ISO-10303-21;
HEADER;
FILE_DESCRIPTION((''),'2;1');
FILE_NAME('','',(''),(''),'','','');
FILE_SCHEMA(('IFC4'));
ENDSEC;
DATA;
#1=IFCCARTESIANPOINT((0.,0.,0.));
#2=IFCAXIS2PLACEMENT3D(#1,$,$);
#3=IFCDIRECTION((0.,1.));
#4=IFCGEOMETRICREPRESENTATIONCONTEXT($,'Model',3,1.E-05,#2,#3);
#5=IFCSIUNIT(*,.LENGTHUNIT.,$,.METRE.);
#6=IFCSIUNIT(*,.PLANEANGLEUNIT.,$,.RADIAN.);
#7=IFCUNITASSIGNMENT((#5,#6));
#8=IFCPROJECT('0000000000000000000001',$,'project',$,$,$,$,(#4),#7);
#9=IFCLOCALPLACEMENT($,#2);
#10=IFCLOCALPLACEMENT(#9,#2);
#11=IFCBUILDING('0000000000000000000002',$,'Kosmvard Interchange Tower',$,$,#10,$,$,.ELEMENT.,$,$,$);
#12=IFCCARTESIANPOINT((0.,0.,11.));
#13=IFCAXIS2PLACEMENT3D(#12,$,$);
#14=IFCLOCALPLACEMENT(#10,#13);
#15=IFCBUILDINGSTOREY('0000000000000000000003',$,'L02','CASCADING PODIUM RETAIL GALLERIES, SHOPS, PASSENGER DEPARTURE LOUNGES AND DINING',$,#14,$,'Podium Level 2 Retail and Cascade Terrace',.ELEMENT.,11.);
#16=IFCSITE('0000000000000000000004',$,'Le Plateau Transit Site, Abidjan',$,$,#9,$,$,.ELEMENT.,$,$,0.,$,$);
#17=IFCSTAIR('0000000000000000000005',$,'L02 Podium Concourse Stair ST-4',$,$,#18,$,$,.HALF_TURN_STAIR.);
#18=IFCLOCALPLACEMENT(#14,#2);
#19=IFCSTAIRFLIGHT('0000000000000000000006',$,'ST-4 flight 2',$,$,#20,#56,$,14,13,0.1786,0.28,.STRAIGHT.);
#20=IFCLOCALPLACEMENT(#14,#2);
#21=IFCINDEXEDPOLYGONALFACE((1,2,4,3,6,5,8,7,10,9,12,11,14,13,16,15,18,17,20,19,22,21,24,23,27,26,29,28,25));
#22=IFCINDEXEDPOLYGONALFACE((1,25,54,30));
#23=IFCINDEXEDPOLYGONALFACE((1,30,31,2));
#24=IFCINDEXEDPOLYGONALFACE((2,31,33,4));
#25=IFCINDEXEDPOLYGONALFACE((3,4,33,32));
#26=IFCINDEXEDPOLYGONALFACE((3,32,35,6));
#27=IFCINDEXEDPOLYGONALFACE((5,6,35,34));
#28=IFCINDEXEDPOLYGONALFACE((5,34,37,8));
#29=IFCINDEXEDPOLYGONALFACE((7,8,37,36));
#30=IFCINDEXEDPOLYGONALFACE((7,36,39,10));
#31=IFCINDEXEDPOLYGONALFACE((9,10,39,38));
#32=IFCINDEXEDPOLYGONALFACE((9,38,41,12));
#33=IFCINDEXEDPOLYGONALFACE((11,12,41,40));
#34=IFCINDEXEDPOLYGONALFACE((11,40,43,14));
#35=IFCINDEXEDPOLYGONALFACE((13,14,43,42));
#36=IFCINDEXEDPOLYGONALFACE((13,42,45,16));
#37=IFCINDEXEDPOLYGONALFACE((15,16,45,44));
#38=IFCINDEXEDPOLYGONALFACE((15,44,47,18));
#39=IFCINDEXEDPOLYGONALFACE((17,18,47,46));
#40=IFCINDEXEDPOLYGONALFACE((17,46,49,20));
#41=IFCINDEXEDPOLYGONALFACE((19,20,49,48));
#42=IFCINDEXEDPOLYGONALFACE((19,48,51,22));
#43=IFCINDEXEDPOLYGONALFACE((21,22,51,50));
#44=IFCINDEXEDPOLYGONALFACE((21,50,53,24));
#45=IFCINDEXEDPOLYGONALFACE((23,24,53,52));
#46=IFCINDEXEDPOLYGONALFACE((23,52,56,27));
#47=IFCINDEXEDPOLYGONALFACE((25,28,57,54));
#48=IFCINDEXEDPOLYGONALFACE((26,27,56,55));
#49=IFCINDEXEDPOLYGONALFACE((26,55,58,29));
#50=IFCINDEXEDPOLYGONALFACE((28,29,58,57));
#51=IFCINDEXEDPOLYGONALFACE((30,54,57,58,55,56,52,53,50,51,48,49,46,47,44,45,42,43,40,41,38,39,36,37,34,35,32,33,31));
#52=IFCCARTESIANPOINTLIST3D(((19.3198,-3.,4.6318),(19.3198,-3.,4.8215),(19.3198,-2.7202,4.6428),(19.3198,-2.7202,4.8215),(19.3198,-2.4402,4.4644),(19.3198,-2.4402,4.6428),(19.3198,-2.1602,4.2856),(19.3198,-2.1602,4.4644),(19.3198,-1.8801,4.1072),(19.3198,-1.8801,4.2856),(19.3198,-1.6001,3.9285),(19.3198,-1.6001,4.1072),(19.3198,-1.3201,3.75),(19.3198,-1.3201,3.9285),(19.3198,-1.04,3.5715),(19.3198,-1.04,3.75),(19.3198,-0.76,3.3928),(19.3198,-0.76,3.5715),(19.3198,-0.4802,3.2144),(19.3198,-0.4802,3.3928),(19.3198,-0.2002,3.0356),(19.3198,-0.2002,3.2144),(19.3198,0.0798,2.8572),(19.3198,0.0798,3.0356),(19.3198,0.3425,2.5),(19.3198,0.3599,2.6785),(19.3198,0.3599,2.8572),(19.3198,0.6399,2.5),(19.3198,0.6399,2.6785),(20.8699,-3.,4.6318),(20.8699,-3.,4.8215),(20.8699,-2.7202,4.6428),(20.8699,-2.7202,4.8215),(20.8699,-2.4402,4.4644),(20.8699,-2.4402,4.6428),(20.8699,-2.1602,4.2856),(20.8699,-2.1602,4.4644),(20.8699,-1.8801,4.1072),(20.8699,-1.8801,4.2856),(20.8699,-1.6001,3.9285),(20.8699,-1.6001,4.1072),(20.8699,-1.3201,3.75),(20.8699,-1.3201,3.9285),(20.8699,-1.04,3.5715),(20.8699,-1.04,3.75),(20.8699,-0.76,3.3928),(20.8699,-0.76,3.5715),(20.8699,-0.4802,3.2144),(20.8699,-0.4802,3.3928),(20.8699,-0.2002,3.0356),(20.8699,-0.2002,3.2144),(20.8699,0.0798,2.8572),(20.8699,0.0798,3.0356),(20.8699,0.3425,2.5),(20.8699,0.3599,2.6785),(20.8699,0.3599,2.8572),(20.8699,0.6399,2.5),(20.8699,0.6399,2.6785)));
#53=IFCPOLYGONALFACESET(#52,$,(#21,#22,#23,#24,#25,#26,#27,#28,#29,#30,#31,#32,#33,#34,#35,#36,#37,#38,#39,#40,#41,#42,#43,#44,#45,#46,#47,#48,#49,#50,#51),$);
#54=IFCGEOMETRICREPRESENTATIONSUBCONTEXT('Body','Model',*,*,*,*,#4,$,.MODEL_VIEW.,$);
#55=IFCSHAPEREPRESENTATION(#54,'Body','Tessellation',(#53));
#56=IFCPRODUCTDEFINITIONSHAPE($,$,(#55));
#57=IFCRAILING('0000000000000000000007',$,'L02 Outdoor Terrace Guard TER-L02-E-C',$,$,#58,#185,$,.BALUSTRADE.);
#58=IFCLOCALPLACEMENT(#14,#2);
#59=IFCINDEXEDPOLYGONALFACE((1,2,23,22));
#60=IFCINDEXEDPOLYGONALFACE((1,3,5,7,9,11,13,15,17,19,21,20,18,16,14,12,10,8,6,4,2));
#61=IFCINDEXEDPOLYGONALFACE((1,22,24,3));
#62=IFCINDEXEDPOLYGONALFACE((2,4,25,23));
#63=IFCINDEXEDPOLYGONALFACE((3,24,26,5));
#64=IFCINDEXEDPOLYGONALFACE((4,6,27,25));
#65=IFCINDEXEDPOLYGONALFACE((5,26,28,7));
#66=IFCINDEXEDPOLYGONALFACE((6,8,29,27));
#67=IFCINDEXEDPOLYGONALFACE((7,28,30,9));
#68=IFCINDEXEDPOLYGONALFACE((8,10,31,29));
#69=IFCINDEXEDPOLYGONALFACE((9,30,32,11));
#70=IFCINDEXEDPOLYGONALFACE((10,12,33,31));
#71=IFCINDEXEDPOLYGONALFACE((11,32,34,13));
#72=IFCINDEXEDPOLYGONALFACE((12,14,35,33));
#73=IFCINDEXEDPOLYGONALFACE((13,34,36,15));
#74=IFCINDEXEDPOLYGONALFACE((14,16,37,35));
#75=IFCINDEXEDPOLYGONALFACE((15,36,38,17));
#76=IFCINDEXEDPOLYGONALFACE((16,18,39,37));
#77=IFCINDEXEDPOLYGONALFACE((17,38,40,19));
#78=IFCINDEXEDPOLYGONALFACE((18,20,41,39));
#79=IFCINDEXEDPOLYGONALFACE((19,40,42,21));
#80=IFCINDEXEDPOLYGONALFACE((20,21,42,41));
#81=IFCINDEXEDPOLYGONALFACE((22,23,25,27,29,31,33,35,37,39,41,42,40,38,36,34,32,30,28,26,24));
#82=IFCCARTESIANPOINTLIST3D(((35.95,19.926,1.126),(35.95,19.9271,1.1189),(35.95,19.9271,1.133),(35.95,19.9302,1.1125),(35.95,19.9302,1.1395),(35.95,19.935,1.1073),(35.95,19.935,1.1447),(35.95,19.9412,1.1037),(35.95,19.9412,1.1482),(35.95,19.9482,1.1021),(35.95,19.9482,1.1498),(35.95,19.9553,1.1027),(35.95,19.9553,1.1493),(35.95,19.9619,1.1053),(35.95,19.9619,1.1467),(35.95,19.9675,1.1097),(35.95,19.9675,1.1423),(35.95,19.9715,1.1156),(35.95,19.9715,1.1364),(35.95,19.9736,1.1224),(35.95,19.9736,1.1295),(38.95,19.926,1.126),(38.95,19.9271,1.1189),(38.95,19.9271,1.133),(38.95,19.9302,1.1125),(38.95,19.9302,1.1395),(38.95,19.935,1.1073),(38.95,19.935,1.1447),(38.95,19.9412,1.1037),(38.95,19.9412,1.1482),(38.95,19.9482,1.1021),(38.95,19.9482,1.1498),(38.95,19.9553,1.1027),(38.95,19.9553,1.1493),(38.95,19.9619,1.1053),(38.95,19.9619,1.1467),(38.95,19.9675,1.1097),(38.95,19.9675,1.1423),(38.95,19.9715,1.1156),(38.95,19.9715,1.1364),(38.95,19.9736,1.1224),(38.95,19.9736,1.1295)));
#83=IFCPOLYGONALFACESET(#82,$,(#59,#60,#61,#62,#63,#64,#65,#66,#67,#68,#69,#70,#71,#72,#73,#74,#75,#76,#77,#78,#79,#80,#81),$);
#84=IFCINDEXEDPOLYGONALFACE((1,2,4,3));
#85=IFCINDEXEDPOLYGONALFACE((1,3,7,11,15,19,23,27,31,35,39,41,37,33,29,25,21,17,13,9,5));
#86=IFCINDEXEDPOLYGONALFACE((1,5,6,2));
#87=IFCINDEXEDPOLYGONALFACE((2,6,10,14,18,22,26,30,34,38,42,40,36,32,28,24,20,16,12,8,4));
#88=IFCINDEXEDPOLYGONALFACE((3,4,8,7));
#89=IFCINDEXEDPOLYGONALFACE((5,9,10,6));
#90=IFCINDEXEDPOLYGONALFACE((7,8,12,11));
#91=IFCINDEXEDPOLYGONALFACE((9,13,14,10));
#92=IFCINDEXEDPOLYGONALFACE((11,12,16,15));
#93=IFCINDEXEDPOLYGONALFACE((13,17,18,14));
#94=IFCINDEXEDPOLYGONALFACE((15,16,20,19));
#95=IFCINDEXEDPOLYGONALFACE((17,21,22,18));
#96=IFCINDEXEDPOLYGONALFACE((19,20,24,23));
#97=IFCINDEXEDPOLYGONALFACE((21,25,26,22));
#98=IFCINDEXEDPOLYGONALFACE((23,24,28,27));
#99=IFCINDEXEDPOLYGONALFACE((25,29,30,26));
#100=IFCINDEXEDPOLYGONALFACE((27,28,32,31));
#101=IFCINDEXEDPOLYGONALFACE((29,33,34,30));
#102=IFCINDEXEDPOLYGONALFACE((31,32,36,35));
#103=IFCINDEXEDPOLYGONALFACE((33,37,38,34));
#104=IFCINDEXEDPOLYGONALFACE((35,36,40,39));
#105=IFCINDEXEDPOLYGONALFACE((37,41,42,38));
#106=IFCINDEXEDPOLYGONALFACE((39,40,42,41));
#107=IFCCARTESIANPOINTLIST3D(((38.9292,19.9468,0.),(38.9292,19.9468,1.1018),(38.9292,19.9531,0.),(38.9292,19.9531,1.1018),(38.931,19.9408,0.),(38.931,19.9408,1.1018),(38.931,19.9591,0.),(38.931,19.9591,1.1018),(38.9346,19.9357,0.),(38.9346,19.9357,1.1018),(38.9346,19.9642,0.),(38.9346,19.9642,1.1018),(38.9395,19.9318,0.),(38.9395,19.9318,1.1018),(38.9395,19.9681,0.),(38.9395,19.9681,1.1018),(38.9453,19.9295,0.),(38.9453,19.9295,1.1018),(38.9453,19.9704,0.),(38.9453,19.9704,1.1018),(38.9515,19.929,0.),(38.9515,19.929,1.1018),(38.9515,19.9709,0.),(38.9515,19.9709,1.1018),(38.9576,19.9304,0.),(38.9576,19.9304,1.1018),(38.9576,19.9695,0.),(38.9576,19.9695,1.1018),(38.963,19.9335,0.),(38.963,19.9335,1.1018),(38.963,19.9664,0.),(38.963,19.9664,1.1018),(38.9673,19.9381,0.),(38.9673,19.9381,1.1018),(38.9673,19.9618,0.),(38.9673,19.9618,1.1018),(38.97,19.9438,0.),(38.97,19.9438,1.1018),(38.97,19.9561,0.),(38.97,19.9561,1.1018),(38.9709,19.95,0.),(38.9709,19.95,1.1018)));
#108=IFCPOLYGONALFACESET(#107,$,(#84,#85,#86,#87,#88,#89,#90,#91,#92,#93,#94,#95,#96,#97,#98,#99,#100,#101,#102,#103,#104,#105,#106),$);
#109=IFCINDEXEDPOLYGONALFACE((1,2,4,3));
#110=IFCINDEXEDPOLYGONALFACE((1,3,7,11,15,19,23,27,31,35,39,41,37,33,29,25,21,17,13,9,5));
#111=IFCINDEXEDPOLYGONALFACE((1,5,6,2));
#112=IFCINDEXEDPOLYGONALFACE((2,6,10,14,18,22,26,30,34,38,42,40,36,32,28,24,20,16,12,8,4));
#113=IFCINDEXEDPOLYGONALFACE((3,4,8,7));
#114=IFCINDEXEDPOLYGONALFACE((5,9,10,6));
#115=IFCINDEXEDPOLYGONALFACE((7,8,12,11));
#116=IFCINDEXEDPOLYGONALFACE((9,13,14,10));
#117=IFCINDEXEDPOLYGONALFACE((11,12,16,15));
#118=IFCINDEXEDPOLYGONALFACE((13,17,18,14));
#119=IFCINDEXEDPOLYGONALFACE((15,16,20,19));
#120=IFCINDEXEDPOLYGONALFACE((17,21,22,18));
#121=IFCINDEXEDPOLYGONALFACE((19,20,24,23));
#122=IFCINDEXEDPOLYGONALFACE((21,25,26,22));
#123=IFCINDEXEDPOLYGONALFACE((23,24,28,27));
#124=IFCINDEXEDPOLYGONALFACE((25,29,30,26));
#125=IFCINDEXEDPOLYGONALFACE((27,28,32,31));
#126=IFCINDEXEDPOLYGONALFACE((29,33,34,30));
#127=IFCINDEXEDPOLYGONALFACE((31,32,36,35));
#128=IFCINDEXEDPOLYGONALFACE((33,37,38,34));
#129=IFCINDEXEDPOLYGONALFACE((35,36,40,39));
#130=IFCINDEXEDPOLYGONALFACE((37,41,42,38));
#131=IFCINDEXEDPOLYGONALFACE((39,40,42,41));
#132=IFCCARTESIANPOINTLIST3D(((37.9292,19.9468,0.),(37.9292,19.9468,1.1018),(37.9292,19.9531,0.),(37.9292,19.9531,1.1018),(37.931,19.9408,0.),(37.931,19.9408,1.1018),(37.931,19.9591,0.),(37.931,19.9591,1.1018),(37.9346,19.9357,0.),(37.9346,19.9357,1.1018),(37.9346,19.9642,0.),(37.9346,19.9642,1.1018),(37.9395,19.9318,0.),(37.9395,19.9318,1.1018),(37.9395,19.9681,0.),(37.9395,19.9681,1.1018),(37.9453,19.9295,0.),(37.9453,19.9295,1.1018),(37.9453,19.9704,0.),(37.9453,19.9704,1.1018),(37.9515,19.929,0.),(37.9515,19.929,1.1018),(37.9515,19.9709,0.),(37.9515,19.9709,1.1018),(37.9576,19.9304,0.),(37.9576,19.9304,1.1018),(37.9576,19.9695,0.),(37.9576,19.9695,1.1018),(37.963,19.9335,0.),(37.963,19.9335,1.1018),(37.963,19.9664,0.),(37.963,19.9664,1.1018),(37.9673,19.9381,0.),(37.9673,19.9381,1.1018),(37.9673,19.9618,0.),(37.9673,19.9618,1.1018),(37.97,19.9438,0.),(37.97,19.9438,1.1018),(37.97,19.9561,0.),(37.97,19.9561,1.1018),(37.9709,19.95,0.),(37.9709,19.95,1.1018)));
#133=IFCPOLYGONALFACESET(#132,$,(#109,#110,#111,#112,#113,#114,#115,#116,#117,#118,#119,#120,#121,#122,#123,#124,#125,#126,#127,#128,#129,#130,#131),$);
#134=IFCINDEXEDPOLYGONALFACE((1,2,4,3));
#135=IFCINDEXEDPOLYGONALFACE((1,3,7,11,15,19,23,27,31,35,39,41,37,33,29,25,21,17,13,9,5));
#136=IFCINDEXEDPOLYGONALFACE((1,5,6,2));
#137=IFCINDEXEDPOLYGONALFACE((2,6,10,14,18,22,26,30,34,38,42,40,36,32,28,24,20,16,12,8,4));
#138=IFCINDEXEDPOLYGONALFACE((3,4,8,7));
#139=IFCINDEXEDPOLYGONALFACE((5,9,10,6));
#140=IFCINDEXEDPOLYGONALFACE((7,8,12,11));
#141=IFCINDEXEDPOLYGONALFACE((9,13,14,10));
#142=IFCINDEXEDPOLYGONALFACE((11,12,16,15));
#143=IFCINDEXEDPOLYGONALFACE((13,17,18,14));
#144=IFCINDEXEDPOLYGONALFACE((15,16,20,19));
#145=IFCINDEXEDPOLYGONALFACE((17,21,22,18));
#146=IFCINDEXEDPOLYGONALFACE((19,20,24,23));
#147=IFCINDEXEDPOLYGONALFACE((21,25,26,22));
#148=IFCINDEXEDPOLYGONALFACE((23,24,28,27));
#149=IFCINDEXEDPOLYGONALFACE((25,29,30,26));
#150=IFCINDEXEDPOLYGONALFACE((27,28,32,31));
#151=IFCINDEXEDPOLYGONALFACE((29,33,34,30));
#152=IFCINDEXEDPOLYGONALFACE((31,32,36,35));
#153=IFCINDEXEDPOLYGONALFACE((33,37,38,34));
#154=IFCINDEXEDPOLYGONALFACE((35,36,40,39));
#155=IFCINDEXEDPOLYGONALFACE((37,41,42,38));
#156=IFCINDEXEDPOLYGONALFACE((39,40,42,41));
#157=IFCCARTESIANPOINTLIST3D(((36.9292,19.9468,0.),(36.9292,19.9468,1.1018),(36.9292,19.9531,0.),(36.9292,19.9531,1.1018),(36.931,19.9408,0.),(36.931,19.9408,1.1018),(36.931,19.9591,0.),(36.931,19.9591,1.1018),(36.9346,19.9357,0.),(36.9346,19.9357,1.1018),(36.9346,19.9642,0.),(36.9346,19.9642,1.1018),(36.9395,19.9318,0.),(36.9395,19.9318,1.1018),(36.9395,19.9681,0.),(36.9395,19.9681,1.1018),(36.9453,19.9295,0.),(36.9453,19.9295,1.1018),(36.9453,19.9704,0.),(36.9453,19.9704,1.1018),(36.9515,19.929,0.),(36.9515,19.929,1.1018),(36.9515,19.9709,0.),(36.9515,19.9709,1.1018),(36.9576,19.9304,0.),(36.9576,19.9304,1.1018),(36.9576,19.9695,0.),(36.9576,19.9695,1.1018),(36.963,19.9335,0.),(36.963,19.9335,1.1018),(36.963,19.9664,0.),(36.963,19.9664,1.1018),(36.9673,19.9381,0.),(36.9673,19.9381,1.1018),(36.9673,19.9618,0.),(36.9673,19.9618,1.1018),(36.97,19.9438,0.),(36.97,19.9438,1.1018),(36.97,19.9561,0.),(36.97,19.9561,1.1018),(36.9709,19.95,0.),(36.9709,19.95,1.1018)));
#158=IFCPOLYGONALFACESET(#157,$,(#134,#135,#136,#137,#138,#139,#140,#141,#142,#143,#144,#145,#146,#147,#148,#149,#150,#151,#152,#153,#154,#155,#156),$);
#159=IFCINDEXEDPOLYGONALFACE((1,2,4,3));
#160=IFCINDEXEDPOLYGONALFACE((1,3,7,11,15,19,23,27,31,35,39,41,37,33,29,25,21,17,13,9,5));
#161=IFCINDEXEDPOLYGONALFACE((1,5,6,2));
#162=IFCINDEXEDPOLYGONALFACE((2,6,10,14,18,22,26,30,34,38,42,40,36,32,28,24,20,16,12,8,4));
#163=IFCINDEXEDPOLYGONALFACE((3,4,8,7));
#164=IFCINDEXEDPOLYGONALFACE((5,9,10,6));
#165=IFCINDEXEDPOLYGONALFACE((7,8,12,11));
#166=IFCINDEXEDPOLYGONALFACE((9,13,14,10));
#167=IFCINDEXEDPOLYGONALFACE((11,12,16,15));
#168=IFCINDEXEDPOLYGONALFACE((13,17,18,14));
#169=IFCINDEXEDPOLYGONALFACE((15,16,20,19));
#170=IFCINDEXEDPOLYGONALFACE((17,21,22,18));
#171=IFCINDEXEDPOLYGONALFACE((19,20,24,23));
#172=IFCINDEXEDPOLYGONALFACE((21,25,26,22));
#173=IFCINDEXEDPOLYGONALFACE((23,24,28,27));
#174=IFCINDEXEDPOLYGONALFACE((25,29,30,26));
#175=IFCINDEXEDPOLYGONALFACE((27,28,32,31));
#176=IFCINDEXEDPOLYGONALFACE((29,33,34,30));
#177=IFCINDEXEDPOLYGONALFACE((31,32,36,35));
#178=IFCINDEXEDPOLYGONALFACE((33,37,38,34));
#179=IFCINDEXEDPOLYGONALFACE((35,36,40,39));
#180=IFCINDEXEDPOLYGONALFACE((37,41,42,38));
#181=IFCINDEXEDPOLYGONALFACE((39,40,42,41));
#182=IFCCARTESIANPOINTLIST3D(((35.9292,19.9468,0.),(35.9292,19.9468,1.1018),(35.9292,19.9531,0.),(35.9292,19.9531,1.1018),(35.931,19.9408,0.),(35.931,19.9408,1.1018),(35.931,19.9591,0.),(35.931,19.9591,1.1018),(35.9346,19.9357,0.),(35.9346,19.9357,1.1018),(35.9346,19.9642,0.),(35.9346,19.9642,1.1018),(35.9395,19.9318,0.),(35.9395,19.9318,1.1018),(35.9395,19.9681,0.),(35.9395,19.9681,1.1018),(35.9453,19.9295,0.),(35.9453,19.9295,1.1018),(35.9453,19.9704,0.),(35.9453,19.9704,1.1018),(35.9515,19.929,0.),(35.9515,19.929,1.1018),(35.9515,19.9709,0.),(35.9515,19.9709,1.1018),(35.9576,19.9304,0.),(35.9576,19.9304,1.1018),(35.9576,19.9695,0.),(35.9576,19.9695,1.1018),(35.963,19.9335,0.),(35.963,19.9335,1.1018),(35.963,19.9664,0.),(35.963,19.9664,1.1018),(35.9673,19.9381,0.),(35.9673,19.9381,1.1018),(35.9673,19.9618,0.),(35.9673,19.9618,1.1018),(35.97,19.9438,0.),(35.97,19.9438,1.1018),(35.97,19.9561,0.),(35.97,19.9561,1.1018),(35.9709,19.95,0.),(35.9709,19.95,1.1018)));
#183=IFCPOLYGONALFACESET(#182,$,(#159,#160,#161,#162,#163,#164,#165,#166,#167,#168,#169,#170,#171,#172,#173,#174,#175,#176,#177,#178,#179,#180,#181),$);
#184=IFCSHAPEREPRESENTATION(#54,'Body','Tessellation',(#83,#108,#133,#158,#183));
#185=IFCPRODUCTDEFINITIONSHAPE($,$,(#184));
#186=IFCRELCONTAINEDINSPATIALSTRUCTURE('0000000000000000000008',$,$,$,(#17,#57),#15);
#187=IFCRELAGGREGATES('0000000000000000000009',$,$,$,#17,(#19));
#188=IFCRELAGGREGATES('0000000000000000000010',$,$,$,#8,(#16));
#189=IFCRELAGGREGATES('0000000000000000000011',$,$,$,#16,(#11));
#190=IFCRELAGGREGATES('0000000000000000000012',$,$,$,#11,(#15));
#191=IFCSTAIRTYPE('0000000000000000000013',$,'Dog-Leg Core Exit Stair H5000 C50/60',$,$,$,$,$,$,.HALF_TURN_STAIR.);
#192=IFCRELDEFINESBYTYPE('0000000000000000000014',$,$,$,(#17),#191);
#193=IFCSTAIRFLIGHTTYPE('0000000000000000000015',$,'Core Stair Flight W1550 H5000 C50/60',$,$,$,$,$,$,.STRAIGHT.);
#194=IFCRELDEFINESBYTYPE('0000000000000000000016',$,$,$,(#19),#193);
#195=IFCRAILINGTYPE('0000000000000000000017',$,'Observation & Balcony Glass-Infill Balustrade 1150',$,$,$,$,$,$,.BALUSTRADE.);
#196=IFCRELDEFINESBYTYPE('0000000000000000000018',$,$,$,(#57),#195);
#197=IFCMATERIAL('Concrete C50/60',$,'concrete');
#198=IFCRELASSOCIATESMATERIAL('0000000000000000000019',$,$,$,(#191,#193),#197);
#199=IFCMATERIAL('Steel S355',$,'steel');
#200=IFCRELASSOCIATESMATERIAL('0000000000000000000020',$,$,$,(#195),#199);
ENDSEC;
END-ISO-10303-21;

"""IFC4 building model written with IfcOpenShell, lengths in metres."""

from ifc_helpers import new_model, si_unit, direction, frame, origin, origin_2d, place, context, subcontext, project, spatial, polyline, circle, outline, extrude, source, transform, mapped, material, type_object, element, aggregate, save


model = new_model("IFC4")

# Units and contexts
model_context = context("Model", 3, precision=1e-05, world=origin(), true_north=direction((0.0, 1.0)))
body_context = subcontext(model_context, "Body", "Model", "MODEL_VIEW")
ifc_project = project(units=[si_unit("LENGTHUNIT", "METRE"), si_unit("PLANEANGLEUNIT", "RADIAN")], contexts=[model_context])

# Site, building, storey
site_placement = place(None, origin())
site = spatial("IfcSite", under=ifc_project, at=site_placement, Name="Le Plateau Transit Site, Abidjan", CompositionType="ELEMENT", RefElevation=0.0)
building_placement = place(site_placement, origin())
building = spatial("IfcBuilding", under=site, at=building_placement, Name="Kosmvard Interchange Tower", CompositionType="ELEMENT")
storey_placement = place(building_placement, frame((0.0, 0.0, 11.0)))
storey = spatial("IfcBuildingStorey", under=building, at=storey_placement, Name="L02", Description="CASCADING PODIUM RETAIL GALLERIES, SHOPS, PASSENGER DEPARTURE LOUNGES AND DINING", LongName="Podium Level 2 Retail and Cascade Terrace", CompositionType="ELEMENT", Elevation=11.0)

# Shared definitions
ifc_material_1 = material(Name="Steel S355", Category="steel")

# Stair, stair flight
ifc_material_2 = material(Name="Concrete C50/60", Category="concrete")
stair_type = type_object("IfcStairType", Name="Dog-Leg Core Exit Stair H5000 C50/60", PredefinedType="HALF_TURN_STAIR", material=ifc_material_2)
stair_placement = place(storey_placement, origin())
stair = element("IfcStair", 1, at=stair_placement, inside=storey, type_object=stair_type, Name="L02 Podium Concourse Stair ST-4", PredefinedType="HALF_TURN_STAIR")
stair_flight_type = type_object("IfcStairFlightType", Name="Core Stair Flight W1550 H5000 C50/60", PredefinedType="STRAIGHT", material=ifc_material_2)
shared_shape_1 = source(origin(), body_context, "Body", "SweptSolid", [
    extrude(outline(polyline([(0.0, 0.0), (0.0, 0.1785), (0.28, 0.1785), (0.28, 0.3572), (0.5601, 0.3572), (0.5601, 0.5356), (0.8401, 0.5356), (0.8401, 0.7144), (1.1201, 0.7144), (1.1201, 0.8928), (1.3999, 0.8928), (1.3999, 1.0715), (1.6799, 1.0715), (1.6799, 1.25), (1.96, 1.25), (1.96, 1.4285), (2.24, 1.4285), (2.24, 1.6072), (2.52, 1.6072), (2.52, 1.7856), (2.8, 1.7856), (2.8, 1.9644), (3.0801, 1.9644), (3.0801, 2.1428), (3.3601, 2.1428), (3.3601, 2.3215), (3.6399, 2.3215), (3.6399, 2.5), (3.6399, 2.1318), (0.2974, 0.0), (0.0, 0.0)])), frame((0.0, 0.7749, 0.0), z_axis=(0.0, -1.0, 0.0), x_axis=(1.0, 0.0, 0.0)), (0.0, 0.0, 1.0), 1.55),
])
stair_flight_placement = place(storey_placement, frame((20.095, 0.6399, 2.5), z_axis=(0.0, 0.0, 1.0), x_axis=(0.0, -1.0, 0.0)))
stair_flight = element("IfcStairFlight", 2, at=stair_flight_placement, type_object=stair_flight_type, Name="ST-4 flight 2", NumberOfRisers=14, NumberOfTreads=13, PredefinedType="STRAIGHT", RiserHeight=0.1786, TreadLength=0.28, context=body_context, shape_type="MappedRepresentation", body=[
    mapped(shared_shape_1, transform((0.0, 0.0, 0.0), scale=1.0)),
])
aggregate(stair, [stair_flight])

# Railing
railing_type_1 = type_object("IfcRailingType", Name="Observation & Balcony Glass-Infill Balustrade 1150", PredefinedType="BALUSTRADE", material=ifc_material_1)
shared_shape_2 = source(origin(), body_context, "Body", "SweptSolid", [
    extrude(circle(Radius=0.0239, at=origin_2d()), frame((0.0, 0.0, 1.126), z_axis=(-1.0, 0.0, 0.0), x_axis=(0.0, -1.0, 0.0)), (0.0, 0.0, 1.0), 3.0),
    extrude(circle(Radius=0.021, at=origin_2d()), origin(), (0.0, 0.0, 1.0), 1.1018),
    extrude(circle(Radius=0.021, at=origin_2d()), frame((-1.0, 0.0, 0.0)), (0.0, 0.0, 1.0), 1.1018),
    extrude(circle(Radius=0.021, at=origin_2d()), frame((-2.0, 0.0, 0.0)), (0.0, 0.0, 1.0), 1.1018),
    extrude(circle(Radius=0.021, at=origin_2d()), frame((-3.0, 0.0, 0.0)), (0.0, 0.0, 1.0), 1.1018),
])
railing_1_placement = place(storey_placement, frame((38.95, 19.95, 0.0)))
element("IfcRailing", 3, at=railing_1_placement, inside=storey, type_object=railing_type_1, Name="L02 Outdoor Terrace Guard TER-L02-E-C", PredefinedType="BALUSTRADE", context=body_context, shape_type="MappedRepresentation", body=[
    mapped(shared_shape_2, transform((0.0, 0.0, 0.0), scale=1.0)),
])

save(model, "model.ifc")
